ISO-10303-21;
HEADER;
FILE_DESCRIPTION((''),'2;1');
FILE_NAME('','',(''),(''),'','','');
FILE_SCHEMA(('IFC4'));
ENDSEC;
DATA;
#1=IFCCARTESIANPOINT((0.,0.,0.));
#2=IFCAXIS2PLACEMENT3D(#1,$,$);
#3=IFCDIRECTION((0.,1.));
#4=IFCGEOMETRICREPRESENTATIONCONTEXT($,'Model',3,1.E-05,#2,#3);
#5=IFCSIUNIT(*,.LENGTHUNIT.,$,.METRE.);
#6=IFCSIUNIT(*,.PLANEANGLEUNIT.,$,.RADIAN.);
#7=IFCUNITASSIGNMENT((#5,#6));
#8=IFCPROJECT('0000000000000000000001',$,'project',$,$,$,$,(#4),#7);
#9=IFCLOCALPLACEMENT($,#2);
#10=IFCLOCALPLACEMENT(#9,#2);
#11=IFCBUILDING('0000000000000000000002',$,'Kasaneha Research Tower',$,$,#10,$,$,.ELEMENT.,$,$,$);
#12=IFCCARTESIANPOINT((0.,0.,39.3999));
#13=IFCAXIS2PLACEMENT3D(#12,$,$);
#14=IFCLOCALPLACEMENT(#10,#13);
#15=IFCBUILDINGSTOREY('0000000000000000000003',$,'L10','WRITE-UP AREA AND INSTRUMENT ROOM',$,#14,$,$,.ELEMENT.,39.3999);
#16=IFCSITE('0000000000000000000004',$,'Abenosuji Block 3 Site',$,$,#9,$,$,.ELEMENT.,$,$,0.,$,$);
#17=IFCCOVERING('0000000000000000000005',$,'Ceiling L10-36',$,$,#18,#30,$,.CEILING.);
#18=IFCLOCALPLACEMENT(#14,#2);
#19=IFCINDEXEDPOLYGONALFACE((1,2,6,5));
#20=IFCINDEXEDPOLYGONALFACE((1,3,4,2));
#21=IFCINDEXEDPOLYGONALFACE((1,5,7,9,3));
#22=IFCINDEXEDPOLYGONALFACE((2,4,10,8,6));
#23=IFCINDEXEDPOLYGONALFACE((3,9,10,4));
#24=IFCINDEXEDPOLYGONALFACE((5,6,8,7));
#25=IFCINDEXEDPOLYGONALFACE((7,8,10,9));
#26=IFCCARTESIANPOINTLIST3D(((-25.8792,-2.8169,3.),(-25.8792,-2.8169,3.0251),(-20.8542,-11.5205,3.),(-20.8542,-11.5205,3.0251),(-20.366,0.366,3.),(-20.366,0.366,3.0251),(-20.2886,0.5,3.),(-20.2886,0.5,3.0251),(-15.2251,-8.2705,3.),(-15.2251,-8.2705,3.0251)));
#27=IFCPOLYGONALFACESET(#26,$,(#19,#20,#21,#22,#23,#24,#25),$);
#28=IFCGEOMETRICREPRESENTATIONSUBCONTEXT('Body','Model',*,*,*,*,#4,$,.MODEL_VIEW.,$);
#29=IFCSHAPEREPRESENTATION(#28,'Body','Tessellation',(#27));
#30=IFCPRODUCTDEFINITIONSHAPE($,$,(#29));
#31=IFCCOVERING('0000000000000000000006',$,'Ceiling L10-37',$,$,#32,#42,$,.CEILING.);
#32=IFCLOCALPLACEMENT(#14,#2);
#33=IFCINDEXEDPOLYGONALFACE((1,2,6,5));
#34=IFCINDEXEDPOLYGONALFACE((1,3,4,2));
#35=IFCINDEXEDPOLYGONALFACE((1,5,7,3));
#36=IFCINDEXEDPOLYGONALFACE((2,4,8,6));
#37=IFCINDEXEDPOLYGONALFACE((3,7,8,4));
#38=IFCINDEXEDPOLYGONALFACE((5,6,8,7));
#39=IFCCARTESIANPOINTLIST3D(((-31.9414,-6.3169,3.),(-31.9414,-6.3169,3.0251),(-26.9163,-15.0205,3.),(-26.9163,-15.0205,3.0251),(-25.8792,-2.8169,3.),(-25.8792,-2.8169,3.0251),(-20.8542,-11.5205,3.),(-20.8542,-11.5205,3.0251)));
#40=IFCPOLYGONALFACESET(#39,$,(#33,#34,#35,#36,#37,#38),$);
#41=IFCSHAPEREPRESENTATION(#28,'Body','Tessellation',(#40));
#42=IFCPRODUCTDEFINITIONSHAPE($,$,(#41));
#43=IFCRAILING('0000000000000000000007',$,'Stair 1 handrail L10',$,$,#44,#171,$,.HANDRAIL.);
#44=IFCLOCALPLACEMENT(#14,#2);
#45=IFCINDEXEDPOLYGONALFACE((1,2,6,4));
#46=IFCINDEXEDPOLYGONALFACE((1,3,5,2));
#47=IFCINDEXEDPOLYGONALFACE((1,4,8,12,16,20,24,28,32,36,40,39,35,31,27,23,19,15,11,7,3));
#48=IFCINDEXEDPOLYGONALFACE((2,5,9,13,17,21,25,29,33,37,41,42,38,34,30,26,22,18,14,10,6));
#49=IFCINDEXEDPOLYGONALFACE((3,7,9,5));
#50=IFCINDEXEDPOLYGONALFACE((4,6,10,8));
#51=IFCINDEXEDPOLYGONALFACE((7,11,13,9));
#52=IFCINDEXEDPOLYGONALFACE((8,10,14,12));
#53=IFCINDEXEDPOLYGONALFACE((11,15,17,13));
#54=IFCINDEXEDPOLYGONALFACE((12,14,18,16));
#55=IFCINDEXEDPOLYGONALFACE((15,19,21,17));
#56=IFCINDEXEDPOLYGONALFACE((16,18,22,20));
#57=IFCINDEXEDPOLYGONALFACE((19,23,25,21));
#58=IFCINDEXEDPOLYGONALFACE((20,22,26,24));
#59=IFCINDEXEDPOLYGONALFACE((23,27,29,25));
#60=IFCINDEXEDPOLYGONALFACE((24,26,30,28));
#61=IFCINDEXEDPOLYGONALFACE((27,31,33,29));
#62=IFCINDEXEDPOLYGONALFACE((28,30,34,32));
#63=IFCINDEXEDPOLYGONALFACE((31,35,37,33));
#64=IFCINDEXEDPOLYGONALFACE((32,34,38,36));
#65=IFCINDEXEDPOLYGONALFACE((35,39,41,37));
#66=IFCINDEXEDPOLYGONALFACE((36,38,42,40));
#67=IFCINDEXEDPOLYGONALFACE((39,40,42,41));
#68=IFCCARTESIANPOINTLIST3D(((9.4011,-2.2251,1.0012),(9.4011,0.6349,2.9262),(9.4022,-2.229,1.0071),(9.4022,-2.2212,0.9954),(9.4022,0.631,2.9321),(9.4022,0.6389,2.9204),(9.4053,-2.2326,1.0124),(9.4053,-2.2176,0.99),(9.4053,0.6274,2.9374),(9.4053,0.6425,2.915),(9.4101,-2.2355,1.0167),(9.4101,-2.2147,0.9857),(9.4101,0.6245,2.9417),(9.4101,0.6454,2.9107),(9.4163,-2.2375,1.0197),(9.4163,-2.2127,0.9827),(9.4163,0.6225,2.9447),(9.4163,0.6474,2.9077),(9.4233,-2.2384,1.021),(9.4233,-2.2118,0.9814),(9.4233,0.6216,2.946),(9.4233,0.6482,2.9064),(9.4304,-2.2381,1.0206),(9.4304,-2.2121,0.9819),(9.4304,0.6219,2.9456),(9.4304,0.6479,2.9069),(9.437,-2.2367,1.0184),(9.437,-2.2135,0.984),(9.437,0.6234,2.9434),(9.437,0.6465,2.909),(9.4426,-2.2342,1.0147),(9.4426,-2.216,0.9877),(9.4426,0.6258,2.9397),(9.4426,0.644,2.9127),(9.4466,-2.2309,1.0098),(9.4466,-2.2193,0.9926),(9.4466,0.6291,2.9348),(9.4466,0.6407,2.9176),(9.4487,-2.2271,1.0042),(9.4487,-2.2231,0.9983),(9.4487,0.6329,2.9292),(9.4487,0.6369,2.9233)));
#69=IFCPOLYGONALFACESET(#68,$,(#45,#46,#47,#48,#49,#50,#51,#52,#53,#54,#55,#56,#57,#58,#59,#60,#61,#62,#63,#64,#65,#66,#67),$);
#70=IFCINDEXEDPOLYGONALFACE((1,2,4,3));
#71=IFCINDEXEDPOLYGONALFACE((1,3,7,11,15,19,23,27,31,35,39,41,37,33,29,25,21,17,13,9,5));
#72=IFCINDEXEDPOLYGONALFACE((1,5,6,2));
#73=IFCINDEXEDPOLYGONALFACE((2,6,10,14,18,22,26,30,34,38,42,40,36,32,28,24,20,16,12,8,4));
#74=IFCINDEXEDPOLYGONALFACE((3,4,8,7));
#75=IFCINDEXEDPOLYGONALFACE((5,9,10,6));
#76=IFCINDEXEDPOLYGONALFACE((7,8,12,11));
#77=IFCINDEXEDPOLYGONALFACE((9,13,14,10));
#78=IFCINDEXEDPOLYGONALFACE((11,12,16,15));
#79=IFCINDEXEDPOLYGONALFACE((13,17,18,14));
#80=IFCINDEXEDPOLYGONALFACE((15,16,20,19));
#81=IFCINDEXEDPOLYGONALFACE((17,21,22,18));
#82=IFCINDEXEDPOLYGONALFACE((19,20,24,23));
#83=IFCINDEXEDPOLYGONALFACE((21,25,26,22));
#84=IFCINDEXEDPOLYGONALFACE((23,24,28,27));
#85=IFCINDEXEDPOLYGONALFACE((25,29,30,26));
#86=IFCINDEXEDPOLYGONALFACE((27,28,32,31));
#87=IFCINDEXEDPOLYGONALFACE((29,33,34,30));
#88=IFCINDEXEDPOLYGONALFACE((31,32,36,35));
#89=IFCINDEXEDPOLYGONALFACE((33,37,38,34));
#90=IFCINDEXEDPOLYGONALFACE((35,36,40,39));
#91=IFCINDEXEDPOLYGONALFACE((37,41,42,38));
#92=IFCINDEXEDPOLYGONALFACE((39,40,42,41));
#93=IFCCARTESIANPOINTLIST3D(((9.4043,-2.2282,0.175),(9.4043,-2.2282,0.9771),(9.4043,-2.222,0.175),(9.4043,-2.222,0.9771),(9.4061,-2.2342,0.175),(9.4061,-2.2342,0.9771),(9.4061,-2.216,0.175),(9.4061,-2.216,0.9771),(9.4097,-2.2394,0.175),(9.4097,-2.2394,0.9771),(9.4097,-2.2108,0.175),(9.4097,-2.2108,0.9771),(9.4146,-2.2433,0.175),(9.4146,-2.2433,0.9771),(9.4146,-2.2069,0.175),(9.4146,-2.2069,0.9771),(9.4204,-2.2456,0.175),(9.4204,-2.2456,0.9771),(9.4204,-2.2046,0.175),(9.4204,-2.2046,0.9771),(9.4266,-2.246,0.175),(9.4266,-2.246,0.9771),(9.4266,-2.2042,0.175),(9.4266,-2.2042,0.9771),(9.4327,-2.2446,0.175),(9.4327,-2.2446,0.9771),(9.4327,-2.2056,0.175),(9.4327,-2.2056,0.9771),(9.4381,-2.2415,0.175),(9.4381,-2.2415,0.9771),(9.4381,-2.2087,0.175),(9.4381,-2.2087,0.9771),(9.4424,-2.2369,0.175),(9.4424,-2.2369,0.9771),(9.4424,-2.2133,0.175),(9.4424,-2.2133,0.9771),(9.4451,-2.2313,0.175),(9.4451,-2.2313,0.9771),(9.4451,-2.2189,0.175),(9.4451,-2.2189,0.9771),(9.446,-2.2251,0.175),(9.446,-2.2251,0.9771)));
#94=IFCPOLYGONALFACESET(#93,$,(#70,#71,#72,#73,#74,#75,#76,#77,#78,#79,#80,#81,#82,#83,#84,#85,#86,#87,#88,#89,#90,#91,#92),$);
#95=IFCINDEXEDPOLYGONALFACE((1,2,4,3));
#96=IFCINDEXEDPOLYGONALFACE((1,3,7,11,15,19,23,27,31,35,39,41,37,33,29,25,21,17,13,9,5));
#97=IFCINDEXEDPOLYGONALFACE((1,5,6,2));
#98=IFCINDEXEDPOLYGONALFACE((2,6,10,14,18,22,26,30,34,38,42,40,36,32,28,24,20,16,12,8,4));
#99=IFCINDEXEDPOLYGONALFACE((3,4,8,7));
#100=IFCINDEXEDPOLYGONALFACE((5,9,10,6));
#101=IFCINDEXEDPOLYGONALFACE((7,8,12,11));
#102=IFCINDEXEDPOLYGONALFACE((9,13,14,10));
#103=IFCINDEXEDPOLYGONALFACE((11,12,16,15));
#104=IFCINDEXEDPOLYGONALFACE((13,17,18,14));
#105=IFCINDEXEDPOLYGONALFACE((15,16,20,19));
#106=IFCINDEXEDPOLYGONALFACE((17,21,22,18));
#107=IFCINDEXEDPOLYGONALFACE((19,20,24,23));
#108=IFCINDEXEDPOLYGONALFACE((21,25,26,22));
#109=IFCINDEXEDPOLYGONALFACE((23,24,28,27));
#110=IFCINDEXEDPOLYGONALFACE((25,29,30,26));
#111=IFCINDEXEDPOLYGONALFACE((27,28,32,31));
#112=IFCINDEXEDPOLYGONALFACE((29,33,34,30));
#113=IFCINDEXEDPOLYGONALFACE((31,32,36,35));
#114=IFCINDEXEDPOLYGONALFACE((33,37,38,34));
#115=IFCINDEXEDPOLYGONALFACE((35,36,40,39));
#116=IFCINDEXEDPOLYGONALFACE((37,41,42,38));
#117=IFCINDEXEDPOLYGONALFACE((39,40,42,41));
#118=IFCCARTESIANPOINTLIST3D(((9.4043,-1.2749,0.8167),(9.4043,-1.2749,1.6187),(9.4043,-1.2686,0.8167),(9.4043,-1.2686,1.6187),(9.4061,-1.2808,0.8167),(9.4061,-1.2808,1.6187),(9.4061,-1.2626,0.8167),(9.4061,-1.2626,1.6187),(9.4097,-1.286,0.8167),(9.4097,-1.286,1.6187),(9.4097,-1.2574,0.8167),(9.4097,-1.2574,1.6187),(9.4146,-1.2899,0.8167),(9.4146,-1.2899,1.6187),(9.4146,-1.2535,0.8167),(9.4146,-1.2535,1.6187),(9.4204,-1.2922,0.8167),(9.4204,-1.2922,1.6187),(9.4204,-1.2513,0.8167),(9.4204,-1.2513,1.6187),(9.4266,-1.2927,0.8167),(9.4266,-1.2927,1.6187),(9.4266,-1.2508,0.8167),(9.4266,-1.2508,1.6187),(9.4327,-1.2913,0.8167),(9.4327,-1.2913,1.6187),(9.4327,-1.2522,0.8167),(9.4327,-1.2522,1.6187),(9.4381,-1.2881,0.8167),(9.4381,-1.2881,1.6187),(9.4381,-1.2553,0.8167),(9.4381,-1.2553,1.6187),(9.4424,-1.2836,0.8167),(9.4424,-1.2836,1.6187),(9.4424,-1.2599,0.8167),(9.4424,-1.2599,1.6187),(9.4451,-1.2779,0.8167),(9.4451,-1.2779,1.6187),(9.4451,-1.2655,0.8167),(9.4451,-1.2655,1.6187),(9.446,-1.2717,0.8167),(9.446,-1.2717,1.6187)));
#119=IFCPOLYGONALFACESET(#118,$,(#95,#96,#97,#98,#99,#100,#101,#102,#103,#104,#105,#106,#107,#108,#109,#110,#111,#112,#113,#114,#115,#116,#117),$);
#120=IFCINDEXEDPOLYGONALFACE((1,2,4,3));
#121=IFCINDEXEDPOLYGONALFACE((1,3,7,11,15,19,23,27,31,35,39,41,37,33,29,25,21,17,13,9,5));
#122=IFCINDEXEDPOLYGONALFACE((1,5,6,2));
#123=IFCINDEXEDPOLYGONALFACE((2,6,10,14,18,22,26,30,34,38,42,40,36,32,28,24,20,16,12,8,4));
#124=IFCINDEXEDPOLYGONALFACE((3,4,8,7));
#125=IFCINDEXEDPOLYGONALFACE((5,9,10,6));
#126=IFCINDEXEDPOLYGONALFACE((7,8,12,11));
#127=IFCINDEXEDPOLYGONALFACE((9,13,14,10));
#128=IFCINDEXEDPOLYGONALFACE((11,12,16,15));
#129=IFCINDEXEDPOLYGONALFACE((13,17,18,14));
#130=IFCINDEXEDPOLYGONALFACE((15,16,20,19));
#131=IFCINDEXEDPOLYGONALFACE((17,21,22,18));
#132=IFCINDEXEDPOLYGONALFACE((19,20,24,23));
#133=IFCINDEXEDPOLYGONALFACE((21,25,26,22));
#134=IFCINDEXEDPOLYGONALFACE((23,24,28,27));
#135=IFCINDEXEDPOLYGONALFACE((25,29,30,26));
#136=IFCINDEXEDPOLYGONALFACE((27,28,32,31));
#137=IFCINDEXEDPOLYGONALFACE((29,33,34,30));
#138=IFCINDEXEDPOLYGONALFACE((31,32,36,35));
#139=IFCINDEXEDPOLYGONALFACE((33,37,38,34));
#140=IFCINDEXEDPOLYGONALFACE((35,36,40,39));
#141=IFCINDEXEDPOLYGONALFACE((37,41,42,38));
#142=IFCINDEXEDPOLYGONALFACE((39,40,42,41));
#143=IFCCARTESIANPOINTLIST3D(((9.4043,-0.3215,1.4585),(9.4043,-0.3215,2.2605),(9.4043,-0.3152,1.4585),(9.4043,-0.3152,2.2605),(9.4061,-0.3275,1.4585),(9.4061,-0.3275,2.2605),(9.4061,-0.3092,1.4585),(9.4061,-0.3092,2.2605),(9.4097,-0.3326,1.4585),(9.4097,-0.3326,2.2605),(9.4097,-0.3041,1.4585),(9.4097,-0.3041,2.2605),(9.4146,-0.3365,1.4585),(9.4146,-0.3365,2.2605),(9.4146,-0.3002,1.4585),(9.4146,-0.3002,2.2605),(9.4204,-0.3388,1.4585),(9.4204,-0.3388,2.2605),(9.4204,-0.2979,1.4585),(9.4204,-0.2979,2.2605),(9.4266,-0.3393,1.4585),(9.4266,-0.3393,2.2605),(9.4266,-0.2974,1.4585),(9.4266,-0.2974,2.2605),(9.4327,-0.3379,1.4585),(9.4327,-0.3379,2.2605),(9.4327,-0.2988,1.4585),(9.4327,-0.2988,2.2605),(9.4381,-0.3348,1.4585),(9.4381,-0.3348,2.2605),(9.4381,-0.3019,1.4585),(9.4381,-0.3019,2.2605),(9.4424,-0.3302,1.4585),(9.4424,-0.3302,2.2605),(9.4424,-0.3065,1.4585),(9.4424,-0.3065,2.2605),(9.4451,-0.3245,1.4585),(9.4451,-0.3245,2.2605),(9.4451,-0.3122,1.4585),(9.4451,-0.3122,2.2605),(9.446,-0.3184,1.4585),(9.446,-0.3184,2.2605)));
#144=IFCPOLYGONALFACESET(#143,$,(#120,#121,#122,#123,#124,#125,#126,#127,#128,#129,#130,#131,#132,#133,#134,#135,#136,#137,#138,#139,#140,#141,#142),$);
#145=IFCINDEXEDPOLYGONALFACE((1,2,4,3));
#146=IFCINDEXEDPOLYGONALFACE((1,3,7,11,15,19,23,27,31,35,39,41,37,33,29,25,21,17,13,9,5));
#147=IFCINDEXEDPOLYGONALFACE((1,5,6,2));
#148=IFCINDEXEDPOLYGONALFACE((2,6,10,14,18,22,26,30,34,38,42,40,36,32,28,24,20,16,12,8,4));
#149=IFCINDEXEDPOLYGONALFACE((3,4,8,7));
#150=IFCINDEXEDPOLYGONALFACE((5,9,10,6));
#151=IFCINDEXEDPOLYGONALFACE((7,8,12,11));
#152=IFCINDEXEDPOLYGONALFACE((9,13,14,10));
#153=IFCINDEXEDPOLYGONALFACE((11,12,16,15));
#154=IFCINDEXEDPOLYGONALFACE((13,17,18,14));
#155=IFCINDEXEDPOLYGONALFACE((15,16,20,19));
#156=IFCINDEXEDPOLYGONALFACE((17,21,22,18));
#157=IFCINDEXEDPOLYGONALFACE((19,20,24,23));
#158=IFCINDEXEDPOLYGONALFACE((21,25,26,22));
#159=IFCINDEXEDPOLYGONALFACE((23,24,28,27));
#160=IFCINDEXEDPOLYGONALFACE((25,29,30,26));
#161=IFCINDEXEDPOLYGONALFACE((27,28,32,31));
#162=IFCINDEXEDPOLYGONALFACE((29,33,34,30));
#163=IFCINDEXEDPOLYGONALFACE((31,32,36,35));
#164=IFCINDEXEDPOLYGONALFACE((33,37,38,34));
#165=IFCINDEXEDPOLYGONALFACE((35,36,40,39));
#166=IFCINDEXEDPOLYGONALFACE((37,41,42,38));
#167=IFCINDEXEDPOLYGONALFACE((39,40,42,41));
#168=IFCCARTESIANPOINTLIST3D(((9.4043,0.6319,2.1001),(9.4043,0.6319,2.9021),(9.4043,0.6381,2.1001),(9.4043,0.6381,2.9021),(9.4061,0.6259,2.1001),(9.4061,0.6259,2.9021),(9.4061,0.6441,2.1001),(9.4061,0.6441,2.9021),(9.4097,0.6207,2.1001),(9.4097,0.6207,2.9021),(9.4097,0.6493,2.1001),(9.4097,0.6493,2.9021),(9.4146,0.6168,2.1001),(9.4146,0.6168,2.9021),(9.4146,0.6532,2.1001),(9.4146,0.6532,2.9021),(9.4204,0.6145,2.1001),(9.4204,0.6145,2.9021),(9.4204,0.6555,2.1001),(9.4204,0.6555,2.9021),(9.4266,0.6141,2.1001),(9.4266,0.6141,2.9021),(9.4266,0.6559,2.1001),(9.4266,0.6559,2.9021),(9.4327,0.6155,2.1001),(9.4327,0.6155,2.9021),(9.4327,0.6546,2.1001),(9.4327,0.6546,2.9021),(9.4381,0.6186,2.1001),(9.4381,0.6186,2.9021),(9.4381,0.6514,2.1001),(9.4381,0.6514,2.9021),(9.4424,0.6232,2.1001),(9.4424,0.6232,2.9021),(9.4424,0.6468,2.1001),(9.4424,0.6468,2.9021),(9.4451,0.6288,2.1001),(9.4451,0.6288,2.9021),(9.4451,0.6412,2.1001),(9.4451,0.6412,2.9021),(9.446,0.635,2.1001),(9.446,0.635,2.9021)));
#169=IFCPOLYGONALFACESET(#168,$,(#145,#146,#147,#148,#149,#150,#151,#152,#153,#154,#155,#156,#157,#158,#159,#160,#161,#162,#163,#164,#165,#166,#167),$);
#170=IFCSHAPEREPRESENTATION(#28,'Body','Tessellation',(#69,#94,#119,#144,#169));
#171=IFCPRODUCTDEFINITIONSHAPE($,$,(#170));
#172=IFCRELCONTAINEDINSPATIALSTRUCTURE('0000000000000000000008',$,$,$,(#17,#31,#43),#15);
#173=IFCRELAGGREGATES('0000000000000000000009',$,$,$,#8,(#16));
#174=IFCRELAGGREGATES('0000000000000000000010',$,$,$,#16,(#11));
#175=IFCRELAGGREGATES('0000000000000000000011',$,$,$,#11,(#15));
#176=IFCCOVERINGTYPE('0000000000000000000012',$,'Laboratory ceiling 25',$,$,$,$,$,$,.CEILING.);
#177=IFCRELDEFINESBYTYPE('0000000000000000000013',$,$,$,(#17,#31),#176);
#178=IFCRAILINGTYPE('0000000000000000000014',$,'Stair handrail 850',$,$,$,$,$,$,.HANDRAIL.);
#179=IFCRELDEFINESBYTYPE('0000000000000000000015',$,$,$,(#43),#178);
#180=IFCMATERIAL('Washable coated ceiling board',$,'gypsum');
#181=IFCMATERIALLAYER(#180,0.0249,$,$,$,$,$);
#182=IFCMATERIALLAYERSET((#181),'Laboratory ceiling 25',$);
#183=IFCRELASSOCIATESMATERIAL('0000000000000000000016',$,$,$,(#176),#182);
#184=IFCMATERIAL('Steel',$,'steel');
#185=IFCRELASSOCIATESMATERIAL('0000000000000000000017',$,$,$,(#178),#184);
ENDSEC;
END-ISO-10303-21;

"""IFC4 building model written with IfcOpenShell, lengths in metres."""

from ifc_helpers import new_model, si_unit, direction, frame, origin, origin_2d, place, context, subcontext, project, spatial, polyline, circle, outline, extrude, material, layer, layer_set, type_object, element, save


model = new_model("IFC4")

# Units and contexts
model_context = context("Model", 3, precision=1e-05, world=origin(), true_north=direction((0.0, 1.0)))
body_context = subcontext(model_context, "Body", "Model", "MODEL_VIEW")
ifc_project = project(units=[si_unit("LENGTHUNIT", "METRE"), si_unit("PLANEANGLEUNIT", "RADIAN")], contexts=[model_context])

# Site, building, storey
site_placement = place(None, origin())
site = spatial("IfcSite", under=ifc_project, at=site_placement, Name="Abenosuji Block 3 Site", CompositionType="ELEMENT", RefElevation=0.0)
building_placement = place(site_placement, origin())
building = spatial("IfcBuilding", under=site, at=building_placement, Name="Kasaneha Research Tower", CompositionType="ELEMENT")
storey_placement = place(building_placement, frame((0.0, 0.0, 39.3999)))
storey = spatial("IfcBuildingStorey", under=building, at=storey_placement, Name="L10", Description="WRITE-UP AREA AND INSTRUMENT ROOM", CompositionType="ELEMENT", Elevation=39.3999)

# Coverings
ifc_material_1 = material(Name="Washable coated ceiling board", Category="gypsum")
ifc_layer_1 = layer(ifc_material_1, 0.0249)
ifc_layer_set_1 = layer_set([ifc_layer_1], Name="Laboratory ceiling 25")
covering_type = type_object("IfcCoveringType", Name="Laboratory ceiling 25", PredefinedType="CEILING", material=ifc_layer_set_1)
covering_1_placement = place(storey_placement, frame((0.0, 0.0, 3.0)))
element("IfcCovering", 1, at=covering_1_placement, inside=storey, type_object=covering_type, Name="Ceiling L10-36", PredefinedType="CEILING", context=body_context, shape_type="SweptSolid", body=[
    extrude(outline(polyline([(-25.8792, -2.8169), (-20.366, 0.366), (-20.2886, 0.5), (-15.2251, -8.2705), (-20.8542, -11.5205), (-25.8792, -2.8169)])), origin(), (0.0, 0.0, 1.0), 0.0251),
])
covering_2_placement = place(storey_placement, frame((0.0, 0.0, 3.0)))
element("IfcCovering", 2, at=covering_2_placement, inside=storey, type_object=covering_type, Name="Ceiling L10-37", PredefinedType="CEILING", context=body_context, shape_type="SweptSolid", body=[
    extrude(outline(polyline([(-31.9414, -6.3169), (-25.8792, -2.8169), (-20.8542, -11.5205), (-26.9163, -15.0205), (-31.9414, -6.3169)])), origin(), (0.0, 0.0, 1.0), 0.0251),
])

# Railing
ifc_material_2 = material(Name="Steel", Category="steel")
railing_type = type_object("IfcRailingType", Name="Stair handrail 850", PredefinedType="HANDRAIL", material=ifc_material_2)
railing_placement = place(storey_placement, frame((9.425, -2.2251, 0.175)))
element("IfcRailing", 3, at=railing_placement, inside=storey, type_object=railing_type, Name="Stair 1 handrail L10", PredefinedType="HANDRAIL", context=body_context, shape_type="SweptSolid", body=[
    extrude(circle(Radius=0.0239, at=origin_2d()), frame((0.0, 0.0, 0.8262), z_axis=(0.0, 0.829591, 0.558372), x_axis=(-1.0, 0.0, 0.0)), (0.0, 0.0, 1.0), 3.4475),
    extrude(circle(Radius=0.021, at=origin_2d()), origin(), (0.0, 0.0, 1.0), 0.802),
    extrude(circle(Radius=0.021, at=origin_2d()), frame((0.0, 0.9534, 0.6416)), (0.0, 0.0, 1.0), 0.802),
    extrude(circle(Radius=0.021, at=origin_2d()), frame((0.0, 1.9067, 1.2834)), (0.0, 0.0, 1.0), 0.802),
    extrude(circle(Radius=0.021, at=origin_2d()), frame((0.0, 2.8601, 1.925)), (0.0, 0.0, 1.0), 0.802),
])

save(model, "model.ifc")
